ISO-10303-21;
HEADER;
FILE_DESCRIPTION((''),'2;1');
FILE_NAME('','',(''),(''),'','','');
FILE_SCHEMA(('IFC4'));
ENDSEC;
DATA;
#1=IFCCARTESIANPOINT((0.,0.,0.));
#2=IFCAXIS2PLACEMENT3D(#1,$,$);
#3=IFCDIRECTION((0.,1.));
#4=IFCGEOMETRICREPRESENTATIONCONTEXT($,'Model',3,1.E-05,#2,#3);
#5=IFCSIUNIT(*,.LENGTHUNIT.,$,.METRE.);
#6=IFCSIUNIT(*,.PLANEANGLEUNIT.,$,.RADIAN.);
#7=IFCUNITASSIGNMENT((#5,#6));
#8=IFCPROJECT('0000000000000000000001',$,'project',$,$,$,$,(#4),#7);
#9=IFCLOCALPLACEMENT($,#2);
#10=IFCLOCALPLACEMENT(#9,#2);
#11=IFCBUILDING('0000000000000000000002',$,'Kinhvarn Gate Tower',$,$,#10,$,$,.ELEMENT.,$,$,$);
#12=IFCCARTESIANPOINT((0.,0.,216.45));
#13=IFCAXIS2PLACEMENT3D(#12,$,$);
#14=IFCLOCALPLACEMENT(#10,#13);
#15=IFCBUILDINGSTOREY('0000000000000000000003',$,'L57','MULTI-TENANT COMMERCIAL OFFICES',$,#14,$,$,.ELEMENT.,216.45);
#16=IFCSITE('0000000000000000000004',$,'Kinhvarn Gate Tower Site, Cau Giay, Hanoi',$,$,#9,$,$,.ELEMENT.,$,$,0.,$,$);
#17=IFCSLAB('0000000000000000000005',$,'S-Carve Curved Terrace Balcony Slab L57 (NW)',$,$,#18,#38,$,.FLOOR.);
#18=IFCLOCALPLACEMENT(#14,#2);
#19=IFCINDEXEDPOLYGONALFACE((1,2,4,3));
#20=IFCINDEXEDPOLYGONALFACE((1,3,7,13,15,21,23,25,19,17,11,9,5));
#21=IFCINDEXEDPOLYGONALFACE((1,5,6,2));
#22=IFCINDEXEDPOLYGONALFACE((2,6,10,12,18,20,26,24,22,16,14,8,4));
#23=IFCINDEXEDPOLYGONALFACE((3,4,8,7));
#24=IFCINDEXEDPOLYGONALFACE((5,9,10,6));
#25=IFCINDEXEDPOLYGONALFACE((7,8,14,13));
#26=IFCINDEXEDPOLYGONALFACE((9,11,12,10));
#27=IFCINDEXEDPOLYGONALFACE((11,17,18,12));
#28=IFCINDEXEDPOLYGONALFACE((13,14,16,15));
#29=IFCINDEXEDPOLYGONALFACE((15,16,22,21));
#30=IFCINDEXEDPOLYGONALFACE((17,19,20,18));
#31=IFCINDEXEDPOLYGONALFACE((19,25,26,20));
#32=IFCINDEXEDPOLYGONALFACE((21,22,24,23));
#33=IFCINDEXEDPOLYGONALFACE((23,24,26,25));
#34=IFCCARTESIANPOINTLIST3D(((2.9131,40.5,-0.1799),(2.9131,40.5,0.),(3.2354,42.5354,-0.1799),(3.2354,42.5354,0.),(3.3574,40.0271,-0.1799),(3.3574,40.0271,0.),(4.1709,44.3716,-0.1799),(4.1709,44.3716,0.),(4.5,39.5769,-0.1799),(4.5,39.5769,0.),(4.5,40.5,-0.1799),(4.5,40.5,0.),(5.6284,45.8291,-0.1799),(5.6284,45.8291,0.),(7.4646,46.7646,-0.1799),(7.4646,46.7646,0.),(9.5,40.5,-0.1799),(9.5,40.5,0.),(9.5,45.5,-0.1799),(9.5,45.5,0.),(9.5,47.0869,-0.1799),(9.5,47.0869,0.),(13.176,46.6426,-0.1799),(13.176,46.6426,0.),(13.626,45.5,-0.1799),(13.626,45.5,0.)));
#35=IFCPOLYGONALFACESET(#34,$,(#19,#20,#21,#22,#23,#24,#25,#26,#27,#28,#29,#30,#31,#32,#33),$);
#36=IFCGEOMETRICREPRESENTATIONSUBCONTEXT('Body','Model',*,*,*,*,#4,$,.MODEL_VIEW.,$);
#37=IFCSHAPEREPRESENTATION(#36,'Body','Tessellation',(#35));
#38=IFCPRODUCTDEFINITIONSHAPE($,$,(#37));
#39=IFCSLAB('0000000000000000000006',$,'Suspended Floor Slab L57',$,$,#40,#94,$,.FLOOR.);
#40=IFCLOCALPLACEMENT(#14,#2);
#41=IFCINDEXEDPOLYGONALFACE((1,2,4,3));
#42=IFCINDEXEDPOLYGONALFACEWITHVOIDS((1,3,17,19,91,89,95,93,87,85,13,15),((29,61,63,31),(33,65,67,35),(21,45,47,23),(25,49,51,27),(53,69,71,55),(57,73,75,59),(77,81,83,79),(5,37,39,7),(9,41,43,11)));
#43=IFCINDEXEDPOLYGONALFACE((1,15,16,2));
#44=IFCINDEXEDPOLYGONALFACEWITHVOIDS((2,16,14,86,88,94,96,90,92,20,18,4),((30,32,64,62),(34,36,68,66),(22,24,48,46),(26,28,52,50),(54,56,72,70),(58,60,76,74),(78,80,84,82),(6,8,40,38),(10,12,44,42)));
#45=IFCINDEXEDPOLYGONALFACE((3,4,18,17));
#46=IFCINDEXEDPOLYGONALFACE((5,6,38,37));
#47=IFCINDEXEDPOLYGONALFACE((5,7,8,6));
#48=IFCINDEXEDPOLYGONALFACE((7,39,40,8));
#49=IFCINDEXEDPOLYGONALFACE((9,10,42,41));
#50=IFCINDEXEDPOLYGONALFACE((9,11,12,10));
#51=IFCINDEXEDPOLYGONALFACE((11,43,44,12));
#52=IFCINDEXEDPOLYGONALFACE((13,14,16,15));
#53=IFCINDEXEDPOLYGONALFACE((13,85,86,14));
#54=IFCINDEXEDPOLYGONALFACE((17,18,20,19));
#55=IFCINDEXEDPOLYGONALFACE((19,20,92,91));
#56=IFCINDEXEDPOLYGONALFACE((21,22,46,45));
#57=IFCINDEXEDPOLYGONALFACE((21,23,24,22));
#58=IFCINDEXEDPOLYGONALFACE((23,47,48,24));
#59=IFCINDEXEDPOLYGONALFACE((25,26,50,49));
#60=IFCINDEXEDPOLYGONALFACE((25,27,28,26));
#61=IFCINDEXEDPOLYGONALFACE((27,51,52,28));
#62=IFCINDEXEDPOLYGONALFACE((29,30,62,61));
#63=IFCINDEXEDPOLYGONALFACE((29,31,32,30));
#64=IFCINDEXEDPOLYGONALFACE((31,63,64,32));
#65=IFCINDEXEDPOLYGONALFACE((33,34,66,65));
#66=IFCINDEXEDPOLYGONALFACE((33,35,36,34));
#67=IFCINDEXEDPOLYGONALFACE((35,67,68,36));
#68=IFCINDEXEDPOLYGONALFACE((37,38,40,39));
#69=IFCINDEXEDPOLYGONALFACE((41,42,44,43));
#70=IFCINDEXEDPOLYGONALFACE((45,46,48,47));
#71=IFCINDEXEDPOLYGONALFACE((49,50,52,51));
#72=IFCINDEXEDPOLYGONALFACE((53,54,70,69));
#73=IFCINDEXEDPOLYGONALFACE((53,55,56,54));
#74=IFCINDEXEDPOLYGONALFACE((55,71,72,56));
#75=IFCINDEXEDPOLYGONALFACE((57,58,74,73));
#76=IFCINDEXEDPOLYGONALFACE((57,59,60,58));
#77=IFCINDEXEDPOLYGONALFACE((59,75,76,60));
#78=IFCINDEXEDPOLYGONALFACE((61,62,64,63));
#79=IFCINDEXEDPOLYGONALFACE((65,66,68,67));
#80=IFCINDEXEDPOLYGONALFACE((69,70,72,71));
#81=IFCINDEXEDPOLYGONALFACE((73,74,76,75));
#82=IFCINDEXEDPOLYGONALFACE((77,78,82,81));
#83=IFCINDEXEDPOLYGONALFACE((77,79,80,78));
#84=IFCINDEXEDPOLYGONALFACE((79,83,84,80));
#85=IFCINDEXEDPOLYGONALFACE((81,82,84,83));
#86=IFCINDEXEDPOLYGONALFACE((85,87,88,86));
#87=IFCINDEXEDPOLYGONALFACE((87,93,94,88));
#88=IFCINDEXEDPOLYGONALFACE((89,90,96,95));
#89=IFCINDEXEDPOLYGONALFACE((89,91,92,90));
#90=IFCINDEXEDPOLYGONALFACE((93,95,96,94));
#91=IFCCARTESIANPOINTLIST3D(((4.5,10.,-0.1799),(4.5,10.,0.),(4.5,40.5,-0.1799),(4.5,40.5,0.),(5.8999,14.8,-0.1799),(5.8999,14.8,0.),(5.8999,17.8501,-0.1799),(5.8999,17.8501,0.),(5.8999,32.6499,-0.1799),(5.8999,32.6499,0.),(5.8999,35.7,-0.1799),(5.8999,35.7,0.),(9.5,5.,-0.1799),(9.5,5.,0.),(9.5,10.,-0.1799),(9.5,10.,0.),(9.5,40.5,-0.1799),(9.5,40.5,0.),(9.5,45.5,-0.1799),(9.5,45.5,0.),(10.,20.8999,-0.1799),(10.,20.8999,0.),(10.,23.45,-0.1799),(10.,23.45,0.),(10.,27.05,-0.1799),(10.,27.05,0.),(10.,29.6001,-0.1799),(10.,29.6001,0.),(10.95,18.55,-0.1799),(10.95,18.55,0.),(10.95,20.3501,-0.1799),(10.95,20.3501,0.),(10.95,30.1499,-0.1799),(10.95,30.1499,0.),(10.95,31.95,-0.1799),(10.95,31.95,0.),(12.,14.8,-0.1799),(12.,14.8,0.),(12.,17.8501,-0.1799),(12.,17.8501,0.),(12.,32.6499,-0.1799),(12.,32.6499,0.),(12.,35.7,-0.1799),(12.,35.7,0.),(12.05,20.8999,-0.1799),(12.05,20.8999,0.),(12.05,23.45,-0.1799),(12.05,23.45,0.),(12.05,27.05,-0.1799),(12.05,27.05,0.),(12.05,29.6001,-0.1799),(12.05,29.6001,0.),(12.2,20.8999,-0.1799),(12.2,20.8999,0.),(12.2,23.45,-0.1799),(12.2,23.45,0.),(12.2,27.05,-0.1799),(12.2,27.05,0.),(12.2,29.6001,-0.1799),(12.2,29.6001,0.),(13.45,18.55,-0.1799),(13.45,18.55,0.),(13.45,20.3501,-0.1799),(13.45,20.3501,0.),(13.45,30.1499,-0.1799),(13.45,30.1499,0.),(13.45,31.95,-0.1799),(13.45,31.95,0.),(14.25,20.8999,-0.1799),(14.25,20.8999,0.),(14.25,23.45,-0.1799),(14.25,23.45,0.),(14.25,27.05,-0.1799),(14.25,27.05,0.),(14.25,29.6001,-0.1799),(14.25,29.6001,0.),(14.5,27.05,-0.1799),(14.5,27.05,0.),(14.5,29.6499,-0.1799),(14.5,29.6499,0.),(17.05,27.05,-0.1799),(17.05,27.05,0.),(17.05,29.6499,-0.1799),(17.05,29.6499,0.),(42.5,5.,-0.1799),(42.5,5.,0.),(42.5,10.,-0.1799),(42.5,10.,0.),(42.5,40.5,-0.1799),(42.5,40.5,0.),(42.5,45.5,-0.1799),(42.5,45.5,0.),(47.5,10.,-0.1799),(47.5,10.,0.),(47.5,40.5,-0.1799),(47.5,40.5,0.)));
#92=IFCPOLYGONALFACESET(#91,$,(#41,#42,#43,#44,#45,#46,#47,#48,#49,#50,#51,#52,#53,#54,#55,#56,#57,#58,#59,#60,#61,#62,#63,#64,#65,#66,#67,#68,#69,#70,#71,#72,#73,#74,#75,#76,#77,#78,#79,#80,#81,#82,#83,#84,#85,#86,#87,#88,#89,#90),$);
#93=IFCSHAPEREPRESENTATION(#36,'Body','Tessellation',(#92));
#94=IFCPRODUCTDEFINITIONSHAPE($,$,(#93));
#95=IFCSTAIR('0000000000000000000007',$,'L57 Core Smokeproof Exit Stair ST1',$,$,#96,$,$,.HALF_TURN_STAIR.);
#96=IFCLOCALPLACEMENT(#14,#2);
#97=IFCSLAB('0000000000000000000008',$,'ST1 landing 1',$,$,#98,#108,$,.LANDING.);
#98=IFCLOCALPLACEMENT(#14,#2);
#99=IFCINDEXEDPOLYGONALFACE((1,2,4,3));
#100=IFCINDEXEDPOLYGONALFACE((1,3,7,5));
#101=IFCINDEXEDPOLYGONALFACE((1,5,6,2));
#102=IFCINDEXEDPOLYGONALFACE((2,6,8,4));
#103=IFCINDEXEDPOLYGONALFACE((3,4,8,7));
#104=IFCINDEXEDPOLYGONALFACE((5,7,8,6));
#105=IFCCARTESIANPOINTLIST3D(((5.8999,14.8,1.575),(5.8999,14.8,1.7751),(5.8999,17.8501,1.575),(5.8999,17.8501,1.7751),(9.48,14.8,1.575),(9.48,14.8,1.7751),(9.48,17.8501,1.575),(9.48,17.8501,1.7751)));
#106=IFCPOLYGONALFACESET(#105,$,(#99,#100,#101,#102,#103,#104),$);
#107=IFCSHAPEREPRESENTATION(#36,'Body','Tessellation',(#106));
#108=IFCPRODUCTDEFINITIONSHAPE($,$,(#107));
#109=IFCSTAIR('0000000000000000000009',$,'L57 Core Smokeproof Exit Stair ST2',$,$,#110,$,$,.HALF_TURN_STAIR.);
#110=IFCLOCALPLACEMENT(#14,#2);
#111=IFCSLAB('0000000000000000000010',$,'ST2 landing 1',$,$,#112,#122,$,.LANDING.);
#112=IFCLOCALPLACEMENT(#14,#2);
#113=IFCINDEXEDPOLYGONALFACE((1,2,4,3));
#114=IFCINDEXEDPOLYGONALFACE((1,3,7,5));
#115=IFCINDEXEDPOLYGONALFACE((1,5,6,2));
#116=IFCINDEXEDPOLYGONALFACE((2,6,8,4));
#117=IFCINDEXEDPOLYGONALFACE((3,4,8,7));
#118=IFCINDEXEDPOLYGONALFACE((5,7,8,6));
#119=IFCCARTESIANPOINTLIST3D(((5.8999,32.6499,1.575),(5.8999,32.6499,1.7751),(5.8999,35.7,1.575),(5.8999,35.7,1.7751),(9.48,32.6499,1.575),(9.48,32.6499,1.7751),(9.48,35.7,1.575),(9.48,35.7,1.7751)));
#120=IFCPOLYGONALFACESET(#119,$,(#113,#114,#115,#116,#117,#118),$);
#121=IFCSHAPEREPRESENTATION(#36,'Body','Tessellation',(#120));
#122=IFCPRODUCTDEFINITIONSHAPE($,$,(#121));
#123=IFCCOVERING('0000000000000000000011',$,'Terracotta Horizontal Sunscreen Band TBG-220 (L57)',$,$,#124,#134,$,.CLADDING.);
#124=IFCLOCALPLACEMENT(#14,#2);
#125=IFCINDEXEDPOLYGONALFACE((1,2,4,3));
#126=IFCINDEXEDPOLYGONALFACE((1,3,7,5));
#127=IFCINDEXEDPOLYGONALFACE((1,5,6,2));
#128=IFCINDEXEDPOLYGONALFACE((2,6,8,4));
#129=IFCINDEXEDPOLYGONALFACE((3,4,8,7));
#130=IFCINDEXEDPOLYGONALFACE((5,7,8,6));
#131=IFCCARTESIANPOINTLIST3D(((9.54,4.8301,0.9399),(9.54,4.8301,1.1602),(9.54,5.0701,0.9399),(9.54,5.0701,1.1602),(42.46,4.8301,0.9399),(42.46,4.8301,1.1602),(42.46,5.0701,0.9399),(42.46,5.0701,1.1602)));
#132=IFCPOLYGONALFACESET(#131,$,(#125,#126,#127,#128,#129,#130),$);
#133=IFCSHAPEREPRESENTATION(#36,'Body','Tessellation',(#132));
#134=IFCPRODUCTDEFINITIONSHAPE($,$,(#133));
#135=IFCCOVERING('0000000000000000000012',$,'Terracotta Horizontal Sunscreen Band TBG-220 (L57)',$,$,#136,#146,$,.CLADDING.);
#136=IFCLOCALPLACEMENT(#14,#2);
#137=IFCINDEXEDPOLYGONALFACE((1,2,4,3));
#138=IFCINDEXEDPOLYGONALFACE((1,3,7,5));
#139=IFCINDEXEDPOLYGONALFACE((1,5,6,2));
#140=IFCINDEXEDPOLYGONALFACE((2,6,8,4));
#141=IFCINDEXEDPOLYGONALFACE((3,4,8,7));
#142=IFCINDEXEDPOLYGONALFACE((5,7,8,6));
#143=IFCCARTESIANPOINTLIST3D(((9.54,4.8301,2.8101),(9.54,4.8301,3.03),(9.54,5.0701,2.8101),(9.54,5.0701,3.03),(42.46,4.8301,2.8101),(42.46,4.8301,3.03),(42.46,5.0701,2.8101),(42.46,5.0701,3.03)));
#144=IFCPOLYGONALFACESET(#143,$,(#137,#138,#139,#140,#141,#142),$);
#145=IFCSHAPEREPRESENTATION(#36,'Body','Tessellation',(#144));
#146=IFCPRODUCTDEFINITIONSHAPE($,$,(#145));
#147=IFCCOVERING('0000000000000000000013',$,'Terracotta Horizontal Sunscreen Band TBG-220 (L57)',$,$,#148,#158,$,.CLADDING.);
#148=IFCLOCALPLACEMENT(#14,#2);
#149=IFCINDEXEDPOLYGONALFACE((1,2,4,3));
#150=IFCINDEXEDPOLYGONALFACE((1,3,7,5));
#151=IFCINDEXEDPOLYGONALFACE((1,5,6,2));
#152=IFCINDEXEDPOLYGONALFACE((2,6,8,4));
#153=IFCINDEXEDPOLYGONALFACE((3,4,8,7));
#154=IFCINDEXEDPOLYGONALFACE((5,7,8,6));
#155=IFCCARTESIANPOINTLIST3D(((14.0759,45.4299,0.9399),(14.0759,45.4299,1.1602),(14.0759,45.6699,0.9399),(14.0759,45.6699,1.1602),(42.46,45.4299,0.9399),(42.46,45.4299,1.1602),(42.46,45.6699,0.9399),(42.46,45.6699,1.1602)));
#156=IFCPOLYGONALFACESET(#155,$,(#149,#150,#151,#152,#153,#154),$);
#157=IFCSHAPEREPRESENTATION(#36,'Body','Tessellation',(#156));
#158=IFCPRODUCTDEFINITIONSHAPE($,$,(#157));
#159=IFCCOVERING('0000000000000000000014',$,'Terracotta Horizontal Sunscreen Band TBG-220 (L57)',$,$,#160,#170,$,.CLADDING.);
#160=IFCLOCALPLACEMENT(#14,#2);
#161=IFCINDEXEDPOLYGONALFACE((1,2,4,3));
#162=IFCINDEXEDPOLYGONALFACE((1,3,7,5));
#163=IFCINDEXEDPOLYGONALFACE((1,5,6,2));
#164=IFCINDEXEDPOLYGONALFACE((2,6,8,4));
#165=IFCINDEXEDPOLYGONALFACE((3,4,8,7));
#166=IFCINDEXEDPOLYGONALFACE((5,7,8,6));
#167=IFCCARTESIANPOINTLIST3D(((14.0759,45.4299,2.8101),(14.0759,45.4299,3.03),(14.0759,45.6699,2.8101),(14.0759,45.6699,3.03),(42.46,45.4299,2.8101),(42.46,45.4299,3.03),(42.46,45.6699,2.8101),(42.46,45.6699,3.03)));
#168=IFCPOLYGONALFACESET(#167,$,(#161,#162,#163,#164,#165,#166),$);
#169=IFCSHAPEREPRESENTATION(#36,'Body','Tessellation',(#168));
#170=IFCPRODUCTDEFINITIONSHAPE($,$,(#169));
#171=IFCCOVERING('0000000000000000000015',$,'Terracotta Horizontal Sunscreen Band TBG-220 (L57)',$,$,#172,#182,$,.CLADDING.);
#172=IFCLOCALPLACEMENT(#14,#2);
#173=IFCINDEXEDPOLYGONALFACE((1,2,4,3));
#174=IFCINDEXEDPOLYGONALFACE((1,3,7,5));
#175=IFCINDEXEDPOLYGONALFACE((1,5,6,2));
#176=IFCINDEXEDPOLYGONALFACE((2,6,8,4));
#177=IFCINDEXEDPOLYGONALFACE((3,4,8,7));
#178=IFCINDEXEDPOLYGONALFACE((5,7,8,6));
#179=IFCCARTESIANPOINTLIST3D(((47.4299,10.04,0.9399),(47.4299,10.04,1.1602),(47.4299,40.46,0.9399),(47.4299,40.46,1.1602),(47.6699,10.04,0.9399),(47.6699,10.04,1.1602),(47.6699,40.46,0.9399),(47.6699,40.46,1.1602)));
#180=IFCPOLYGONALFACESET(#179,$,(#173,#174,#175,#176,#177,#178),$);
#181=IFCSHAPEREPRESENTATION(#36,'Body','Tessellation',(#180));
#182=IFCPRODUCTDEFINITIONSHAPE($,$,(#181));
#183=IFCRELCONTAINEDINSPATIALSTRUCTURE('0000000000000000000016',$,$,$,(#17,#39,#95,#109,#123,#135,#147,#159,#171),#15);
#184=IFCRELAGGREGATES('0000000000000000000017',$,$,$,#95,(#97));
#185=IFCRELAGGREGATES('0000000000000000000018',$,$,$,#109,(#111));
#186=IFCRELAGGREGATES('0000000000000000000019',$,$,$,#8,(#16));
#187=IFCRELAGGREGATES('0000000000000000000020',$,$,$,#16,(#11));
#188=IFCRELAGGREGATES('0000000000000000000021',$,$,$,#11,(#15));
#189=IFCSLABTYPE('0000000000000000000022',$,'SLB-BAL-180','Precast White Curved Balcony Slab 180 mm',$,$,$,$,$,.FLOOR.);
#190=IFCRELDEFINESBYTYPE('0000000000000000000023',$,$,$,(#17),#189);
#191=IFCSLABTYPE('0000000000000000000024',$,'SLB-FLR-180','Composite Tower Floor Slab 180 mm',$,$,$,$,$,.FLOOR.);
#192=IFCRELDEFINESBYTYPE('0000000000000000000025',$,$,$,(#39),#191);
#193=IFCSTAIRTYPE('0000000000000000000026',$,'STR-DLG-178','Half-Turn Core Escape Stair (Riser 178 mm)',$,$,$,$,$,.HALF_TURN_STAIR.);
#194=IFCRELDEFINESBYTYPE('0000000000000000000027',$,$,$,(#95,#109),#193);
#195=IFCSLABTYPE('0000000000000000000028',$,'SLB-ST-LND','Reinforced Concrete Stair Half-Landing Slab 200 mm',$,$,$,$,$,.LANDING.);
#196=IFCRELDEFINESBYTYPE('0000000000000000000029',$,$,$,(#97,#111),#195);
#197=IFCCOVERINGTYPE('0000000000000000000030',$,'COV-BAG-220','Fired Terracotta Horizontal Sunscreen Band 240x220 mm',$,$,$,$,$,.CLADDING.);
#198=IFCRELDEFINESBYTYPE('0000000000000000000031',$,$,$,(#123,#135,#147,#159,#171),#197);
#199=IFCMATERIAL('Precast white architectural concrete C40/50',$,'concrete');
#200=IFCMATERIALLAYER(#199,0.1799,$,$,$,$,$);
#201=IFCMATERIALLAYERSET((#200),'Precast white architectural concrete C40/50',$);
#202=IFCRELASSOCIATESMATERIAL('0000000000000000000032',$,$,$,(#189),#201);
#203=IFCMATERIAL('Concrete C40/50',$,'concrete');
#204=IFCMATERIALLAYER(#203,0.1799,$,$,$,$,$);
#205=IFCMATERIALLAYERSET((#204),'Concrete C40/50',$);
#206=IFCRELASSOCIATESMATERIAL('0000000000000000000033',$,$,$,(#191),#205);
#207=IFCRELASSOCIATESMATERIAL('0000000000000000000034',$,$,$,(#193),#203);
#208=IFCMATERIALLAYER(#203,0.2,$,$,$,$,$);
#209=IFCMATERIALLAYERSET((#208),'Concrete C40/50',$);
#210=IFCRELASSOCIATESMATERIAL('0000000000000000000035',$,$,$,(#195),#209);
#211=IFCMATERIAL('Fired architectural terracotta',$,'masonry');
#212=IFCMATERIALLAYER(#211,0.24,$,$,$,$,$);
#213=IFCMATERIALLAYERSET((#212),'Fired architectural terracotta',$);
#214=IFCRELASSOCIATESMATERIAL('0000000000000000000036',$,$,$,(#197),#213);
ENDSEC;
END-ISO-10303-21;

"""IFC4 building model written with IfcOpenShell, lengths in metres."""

from ifc_helpers import new_model, si_unit, direction, frame, origin, place, context, subcontext, project, spatial, polyline, outline, extrude, material, layer, layer_set, type_object, element, aggregate, save


model = new_model("IFC4")

# Units and contexts
model_context = context("Model", 3, precision=1e-05, world=origin(), true_north=direction((0.0, 1.0)))
body_context = subcontext(model_context, "Body", "Model", "MODEL_VIEW")
ifc_project = project(units=[si_unit("LENGTHUNIT", "METRE"), si_unit("PLANEANGLEUNIT", "RADIAN")], contexts=[model_context])

# Site, building, storey
site_placement = place(None, origin())
site = spatial("IfcSite", under=ifc_project, at=site_placement, Name="Kinhvarn Gate Tower Site, Cau Giay, Hanoi", CompositionType="ELEMENT", RefElevation=0.0)
building_placement = place(site_placement, origin())
building = spatial("IfcBuilding", under=site, at=building_placement, Name="Kinhvarn Gate Tower", CompositionType="ELEMENT")
storey_placement = place(building_placement, frame((0.0, 0.0, 216.45)))
storey = spatial("IfcBuildingStorey", under=building, at=storey_placement, Name="L57", Description="MULTI-TENANT COMMERCIAL OFFICES", CompositionType="ELEMENT", Elevation=216.45)

# Slabs
ifc_material_1 = material(Name="Precast white architectural concrete C40/50", Category="concrete")
ifc_layer_1 = layer(ifc_material_1, 0.1799)
ifc_layer_set_1 = layer_set([ifc_layer_1], Name="Precast white architectural concrete C40/50")
slab_type_1 = type_object("IfcSlabType", Name="SLB-BAL-180", Description="Precast White Curved Balcony Slab 180 mm", PredefinedType="FLOOR", material=ifc_layer_set_1)
slab_1_placement = place(storey_placement, frame((0.0, 0.0, -0.1799)))
element("IfcSlab", 1, at=slab_1_placement, inside=storey, type_object=slab_type_1, Name="S-Carve Curved Terrace Balcony Slab L57 (NW)", PredefinedType="FLOOR", context=body_context, shape_type="SweptSolid", body=[
    extrude(outline(polyline([(13.626, 45.5), (13.176, 46.6426), (9.5, 47.0869), (7.4646, 46.7646), (5.6284, 45.8291), (4.1709, 44.3716), (3.2354, 42.5354), (2.9131, 40.5), (3.3574, 40.0271), (4.5, 39.5769), (4.5, 40.5), (9.5, 40.5), (9.5, 45.5), (13.626, 45.5)])), origin(), (0.0, 0.0, 1.0), 0.1799),
])
ifc_material_2 = material(Name="Concrete C40/50", Category="concrete")
ifc_layer_2 = layer(ifc_material_2, 0.1799)
ifc_layer_set_2 = layer_set([ifc_layer_2], Name="Concrete C40/50")
slab_type_2 = type_object("IfcSlabType", Name="SLB-FLR-180", Description="Composite Tower Floor Slab 180 mm", PredefinedType="FLOOR", material=ifc_layer_set_2)
slab_2_placement = place(storey_placement, frame((0.0, 0.0, -0.1799)))
element("IfcSlab", 2, at=slab_2_placement, inside=storey, type_object=slab_type_2, Name="Suspended Floor Slab L57", PredefinedType="FLOOR", context=body_context, shape_type="SweptSolid", body=[
    extrude(outline(polyline([(9.5, 5.0), (42.5, 5.0), (42.5, 10.0), (47.5, 10.0), (47.5, 40.5), (42.5, 40.5), (42.5, 45.5), (9.5, 45.5), (9.5, 40.5), (4.5, 40.5), (4.5, 10.0), (9.5, 10.0), (9.5, 5.0)]), holes=[polyline([(5.8999, 14.8), (12.0, 14.8), (12.0, 17.8501), (5.8999, 17.8501), (5.8999, 14.8)]), polyline([(5.8999, 32.6499), (12.0, 32.6499), (12.0, 35.7), (5.8999, 35.7), (5.8999, 32.6499)]), polyline([(10.0, 20.8999), (12.05, 20.8999), (12.05, 23.45), (10.0, 23.45), (10.0, 20.8999)]), polyline([(12.2, 20.8999), (14.25, 20.8999), (14.25, 23.45), (12.2, 23.45), (12.2, 20.8999)]), polyline([(10.0, 27.05), (12.05, 27.05), (12.05, 29.6001), (10.0, 29.6001), (10.0, 27.05)]), polyline([(12.2, 27.05), (14.25, 27.05), (14.25, 29.6001), (12.2, 29.6001), (12.2, 27.05)]), polyline([(14.5, 27.05), (17.05, 27.05), (17.05, 29.6499), (14.5, 29.6499), (14.5, 27.05)]), polyline([(10.95, 18.55), (13.45, 18.55), (13.45, 20.3501), (10.95, 20.3501), (10.95, 18.55)]), polyline([(10.95, 30.1499), (13.45, 30.1499), (13.45, 31.95), (10.95, 31.95), (10.95, 30.1499)])]), origin(), (0.0, 0.0, 1.0), 0.1799),
])

# Stairs, slabs
stair_type = type_object("IfcStairType", Name="STR-DLG-178", Description="Half-Turn Core Escape Stair (Riser 178 mm)", PredefinedType="HALF_TURN_STAIR", material=ifc_material_2)
stair_1_placement = place(storey_placement, origin())
stair_1 = element("IfcStair", 3, at=stair_1_placement, inside=storey, type_object=stair_type, Name="L57 Core Smokeproof Exit Stair ST1", PredefinedType="HALF_TURN_STAIR")
ifc_layer_3 = layer(ifc_material_2, 0.2)
ifc_layer_set_3 = layer_set([ifc_layer_3], Name="Concrete C40/50")
slab_type_3 = type_object("IfcSlabType", Name="SLB-ST-LND", Description="Reinforced Concrete Stair Half-Landing Slab 200 mm", PredefinedType="LANDING", material=ifc_layer_set_3)
slab_3_placement = place(storey_placement, frame((0.0, 0.0, 1.575)))
slab_3 = element("IfcSlab", 4, at=slab_3_placement, type_object=slab_type_3, Name="ST1 landing 1", PredefinedType="LANDING", context=body_context, shape_type="SweptSolid", body=[
    extrude(outline(polyline([(9.48, 17.8501), (5.8999, 17.8501), (5.8999, 14.8), (9.48, 14.8), (9.48, 17.8501)])), origin(), (0.0, 0.0, 1.0), 0.2002),
])
aggregate(stair_1, [slab_3])
stair_2_placement = place(storey_placement, origin())
stair_2 = element("IfcStair", 5, at=stair_2_placement, inside=storey, type_object=stair_type, Name="L57 Core Smokeproof Exit Stair ST2", PredefinedType="HALF_TURN_STAIR")
slab_4_placement = place(storey_placement, frame((0.0, 0.0, 1.575)))
slab_4 = element("IfcSlab", 6, at=slab_4_placement, type_object=slab_type_3, Name="ST2 landing 1", PredefinedType="LANDING", context=body_context, shape_type="SweptSolid", body=[
    extrude(outline(polyline([(9.48, 35.7), (5.8999, 35.7), (5.8999, 32.6499), (9.48, 32.6499), (9.48, 35.7)])), origin(), (0.0, 0.0, 1.0), 0.2002),
])
aggregate(stair_2, [slab_4])

# Coverings
ifc_material_3 = material(Name="Fired architectural terracotta", Category="masonry")
ifc_layer_4 = layer(ifc_material_3, 0.24)
ifc_layer_set_4 = layer_set([ifc_layer_4], Name="Fired architectural terracotta")
covering_type_1 = type_object("IfcCoveringType", Name="COV-BAG-220", Description="Fired Terracotta Horizontal Sunscreen Band 240x220 mm", PredefinedType="CLADDING", material=ifc_layer_set_4)
covering_1_placement = place(storey_placement, frame((0.0, 0.0, 0.9399)))
element("IfcCovering", 7, at=covering_1_placement, inside=storey, type_object=covering_type_1, Name="Terracotta Horizontal Sunscreen Band TBG-220 (L57)", PredefinedType="CLADDING", context=body_context, shape_type="SweptSolid", body=[
    extrude(outline(polyline([(9.54, 5.0701), (42.46, 5.0701), (42.46, 4.8301), (9.54, 4.8301), (9.54, 5.0701)])), origin(), (0.0, 0.0, 1.0), 0.2202),
])
covering_2_placement = place(storey_placement, frame((0.0, 0.0, 2.8101)))
element("IfcCovering", 8, at=covering_2_placement, inside=storey, type_object=covering_type_1, Name="Terracotta Horizontal Sunscreen Band TBG-220 (L57)", PredefinedType="CLADDING", context=body_context, shape_type="SweptSolid", body=[
    extrude(outline(polyline([(9.54, 5.0701), (42.46, 5.0701), (42.46, 4.8301), (9.54, 4.8301), (9.54, 5.0701)])), origin(), (0.0, 0.0, 1.0), 0.22),
])
covering_3_placement = place(storey_placement, frame((0.0, 0.0, 0.9399)))
element("IfcCovering", 9, at=covering_3_placement, inside=storey, type_object=covering_type_1, Name="Terracotta Horizontal Sunscreen Band TBG-220 (L57)", PredefinedType="CLADDING", context=body_context, shape_type="SweptSolid", body=[
    extrude(outline(polyline([(42.46, 45.4299), (14.0759, 45.4299), (14.0759, 45.6699), (42.46, 45.6699), (42.46, 45.4299)])), origin(), (0.0, 0.0, 1.0), 0.2202),
])
covering_4_placement = place(storey_placement, frame((0.0, 0.0, 2.8101)))
element("IfcCovering", 10, at=covering_4_placement, inside=storey, type_object=covering_type_1, Name="Terracotta Horizontal Sunscreen Band TBG-220 (L57)", PredefinedType="CLADDING", context=body_context, shape_type="SweptSolid", body=[
    extrude(outline(polyline([(42.46, 45.4299), (14.0759, 45.4299), (14.0759, 45.6699), (42.46, 45.6699), (42.46, 45.4299)])), origin(), (0.0, 0.0, 1.0), 0.22),
])
covering_5_placement = place(storey_placement, frame((0.0, 0.0, 0.9399)))
element("IfcCovering", 11, at=covering_5_placement, inside=storey, type_object=covering_type_1, Name="Terracotta Horizontal Sunscreen Band TBG-220 (L57)", PredefinedType="CLADDING", context=body_context, shape_type="SweptSolid", body=[
    extrude(outline(polyline([(47.4299, 10.04), (47.4299, 40.46), (47.6699, 40.46), (47.6699, 10.04), (47.4299, 10.04)])), origin(), (0.0, 0.0, 1.0), 0.2202),
])

save(model, "model.ifc")
